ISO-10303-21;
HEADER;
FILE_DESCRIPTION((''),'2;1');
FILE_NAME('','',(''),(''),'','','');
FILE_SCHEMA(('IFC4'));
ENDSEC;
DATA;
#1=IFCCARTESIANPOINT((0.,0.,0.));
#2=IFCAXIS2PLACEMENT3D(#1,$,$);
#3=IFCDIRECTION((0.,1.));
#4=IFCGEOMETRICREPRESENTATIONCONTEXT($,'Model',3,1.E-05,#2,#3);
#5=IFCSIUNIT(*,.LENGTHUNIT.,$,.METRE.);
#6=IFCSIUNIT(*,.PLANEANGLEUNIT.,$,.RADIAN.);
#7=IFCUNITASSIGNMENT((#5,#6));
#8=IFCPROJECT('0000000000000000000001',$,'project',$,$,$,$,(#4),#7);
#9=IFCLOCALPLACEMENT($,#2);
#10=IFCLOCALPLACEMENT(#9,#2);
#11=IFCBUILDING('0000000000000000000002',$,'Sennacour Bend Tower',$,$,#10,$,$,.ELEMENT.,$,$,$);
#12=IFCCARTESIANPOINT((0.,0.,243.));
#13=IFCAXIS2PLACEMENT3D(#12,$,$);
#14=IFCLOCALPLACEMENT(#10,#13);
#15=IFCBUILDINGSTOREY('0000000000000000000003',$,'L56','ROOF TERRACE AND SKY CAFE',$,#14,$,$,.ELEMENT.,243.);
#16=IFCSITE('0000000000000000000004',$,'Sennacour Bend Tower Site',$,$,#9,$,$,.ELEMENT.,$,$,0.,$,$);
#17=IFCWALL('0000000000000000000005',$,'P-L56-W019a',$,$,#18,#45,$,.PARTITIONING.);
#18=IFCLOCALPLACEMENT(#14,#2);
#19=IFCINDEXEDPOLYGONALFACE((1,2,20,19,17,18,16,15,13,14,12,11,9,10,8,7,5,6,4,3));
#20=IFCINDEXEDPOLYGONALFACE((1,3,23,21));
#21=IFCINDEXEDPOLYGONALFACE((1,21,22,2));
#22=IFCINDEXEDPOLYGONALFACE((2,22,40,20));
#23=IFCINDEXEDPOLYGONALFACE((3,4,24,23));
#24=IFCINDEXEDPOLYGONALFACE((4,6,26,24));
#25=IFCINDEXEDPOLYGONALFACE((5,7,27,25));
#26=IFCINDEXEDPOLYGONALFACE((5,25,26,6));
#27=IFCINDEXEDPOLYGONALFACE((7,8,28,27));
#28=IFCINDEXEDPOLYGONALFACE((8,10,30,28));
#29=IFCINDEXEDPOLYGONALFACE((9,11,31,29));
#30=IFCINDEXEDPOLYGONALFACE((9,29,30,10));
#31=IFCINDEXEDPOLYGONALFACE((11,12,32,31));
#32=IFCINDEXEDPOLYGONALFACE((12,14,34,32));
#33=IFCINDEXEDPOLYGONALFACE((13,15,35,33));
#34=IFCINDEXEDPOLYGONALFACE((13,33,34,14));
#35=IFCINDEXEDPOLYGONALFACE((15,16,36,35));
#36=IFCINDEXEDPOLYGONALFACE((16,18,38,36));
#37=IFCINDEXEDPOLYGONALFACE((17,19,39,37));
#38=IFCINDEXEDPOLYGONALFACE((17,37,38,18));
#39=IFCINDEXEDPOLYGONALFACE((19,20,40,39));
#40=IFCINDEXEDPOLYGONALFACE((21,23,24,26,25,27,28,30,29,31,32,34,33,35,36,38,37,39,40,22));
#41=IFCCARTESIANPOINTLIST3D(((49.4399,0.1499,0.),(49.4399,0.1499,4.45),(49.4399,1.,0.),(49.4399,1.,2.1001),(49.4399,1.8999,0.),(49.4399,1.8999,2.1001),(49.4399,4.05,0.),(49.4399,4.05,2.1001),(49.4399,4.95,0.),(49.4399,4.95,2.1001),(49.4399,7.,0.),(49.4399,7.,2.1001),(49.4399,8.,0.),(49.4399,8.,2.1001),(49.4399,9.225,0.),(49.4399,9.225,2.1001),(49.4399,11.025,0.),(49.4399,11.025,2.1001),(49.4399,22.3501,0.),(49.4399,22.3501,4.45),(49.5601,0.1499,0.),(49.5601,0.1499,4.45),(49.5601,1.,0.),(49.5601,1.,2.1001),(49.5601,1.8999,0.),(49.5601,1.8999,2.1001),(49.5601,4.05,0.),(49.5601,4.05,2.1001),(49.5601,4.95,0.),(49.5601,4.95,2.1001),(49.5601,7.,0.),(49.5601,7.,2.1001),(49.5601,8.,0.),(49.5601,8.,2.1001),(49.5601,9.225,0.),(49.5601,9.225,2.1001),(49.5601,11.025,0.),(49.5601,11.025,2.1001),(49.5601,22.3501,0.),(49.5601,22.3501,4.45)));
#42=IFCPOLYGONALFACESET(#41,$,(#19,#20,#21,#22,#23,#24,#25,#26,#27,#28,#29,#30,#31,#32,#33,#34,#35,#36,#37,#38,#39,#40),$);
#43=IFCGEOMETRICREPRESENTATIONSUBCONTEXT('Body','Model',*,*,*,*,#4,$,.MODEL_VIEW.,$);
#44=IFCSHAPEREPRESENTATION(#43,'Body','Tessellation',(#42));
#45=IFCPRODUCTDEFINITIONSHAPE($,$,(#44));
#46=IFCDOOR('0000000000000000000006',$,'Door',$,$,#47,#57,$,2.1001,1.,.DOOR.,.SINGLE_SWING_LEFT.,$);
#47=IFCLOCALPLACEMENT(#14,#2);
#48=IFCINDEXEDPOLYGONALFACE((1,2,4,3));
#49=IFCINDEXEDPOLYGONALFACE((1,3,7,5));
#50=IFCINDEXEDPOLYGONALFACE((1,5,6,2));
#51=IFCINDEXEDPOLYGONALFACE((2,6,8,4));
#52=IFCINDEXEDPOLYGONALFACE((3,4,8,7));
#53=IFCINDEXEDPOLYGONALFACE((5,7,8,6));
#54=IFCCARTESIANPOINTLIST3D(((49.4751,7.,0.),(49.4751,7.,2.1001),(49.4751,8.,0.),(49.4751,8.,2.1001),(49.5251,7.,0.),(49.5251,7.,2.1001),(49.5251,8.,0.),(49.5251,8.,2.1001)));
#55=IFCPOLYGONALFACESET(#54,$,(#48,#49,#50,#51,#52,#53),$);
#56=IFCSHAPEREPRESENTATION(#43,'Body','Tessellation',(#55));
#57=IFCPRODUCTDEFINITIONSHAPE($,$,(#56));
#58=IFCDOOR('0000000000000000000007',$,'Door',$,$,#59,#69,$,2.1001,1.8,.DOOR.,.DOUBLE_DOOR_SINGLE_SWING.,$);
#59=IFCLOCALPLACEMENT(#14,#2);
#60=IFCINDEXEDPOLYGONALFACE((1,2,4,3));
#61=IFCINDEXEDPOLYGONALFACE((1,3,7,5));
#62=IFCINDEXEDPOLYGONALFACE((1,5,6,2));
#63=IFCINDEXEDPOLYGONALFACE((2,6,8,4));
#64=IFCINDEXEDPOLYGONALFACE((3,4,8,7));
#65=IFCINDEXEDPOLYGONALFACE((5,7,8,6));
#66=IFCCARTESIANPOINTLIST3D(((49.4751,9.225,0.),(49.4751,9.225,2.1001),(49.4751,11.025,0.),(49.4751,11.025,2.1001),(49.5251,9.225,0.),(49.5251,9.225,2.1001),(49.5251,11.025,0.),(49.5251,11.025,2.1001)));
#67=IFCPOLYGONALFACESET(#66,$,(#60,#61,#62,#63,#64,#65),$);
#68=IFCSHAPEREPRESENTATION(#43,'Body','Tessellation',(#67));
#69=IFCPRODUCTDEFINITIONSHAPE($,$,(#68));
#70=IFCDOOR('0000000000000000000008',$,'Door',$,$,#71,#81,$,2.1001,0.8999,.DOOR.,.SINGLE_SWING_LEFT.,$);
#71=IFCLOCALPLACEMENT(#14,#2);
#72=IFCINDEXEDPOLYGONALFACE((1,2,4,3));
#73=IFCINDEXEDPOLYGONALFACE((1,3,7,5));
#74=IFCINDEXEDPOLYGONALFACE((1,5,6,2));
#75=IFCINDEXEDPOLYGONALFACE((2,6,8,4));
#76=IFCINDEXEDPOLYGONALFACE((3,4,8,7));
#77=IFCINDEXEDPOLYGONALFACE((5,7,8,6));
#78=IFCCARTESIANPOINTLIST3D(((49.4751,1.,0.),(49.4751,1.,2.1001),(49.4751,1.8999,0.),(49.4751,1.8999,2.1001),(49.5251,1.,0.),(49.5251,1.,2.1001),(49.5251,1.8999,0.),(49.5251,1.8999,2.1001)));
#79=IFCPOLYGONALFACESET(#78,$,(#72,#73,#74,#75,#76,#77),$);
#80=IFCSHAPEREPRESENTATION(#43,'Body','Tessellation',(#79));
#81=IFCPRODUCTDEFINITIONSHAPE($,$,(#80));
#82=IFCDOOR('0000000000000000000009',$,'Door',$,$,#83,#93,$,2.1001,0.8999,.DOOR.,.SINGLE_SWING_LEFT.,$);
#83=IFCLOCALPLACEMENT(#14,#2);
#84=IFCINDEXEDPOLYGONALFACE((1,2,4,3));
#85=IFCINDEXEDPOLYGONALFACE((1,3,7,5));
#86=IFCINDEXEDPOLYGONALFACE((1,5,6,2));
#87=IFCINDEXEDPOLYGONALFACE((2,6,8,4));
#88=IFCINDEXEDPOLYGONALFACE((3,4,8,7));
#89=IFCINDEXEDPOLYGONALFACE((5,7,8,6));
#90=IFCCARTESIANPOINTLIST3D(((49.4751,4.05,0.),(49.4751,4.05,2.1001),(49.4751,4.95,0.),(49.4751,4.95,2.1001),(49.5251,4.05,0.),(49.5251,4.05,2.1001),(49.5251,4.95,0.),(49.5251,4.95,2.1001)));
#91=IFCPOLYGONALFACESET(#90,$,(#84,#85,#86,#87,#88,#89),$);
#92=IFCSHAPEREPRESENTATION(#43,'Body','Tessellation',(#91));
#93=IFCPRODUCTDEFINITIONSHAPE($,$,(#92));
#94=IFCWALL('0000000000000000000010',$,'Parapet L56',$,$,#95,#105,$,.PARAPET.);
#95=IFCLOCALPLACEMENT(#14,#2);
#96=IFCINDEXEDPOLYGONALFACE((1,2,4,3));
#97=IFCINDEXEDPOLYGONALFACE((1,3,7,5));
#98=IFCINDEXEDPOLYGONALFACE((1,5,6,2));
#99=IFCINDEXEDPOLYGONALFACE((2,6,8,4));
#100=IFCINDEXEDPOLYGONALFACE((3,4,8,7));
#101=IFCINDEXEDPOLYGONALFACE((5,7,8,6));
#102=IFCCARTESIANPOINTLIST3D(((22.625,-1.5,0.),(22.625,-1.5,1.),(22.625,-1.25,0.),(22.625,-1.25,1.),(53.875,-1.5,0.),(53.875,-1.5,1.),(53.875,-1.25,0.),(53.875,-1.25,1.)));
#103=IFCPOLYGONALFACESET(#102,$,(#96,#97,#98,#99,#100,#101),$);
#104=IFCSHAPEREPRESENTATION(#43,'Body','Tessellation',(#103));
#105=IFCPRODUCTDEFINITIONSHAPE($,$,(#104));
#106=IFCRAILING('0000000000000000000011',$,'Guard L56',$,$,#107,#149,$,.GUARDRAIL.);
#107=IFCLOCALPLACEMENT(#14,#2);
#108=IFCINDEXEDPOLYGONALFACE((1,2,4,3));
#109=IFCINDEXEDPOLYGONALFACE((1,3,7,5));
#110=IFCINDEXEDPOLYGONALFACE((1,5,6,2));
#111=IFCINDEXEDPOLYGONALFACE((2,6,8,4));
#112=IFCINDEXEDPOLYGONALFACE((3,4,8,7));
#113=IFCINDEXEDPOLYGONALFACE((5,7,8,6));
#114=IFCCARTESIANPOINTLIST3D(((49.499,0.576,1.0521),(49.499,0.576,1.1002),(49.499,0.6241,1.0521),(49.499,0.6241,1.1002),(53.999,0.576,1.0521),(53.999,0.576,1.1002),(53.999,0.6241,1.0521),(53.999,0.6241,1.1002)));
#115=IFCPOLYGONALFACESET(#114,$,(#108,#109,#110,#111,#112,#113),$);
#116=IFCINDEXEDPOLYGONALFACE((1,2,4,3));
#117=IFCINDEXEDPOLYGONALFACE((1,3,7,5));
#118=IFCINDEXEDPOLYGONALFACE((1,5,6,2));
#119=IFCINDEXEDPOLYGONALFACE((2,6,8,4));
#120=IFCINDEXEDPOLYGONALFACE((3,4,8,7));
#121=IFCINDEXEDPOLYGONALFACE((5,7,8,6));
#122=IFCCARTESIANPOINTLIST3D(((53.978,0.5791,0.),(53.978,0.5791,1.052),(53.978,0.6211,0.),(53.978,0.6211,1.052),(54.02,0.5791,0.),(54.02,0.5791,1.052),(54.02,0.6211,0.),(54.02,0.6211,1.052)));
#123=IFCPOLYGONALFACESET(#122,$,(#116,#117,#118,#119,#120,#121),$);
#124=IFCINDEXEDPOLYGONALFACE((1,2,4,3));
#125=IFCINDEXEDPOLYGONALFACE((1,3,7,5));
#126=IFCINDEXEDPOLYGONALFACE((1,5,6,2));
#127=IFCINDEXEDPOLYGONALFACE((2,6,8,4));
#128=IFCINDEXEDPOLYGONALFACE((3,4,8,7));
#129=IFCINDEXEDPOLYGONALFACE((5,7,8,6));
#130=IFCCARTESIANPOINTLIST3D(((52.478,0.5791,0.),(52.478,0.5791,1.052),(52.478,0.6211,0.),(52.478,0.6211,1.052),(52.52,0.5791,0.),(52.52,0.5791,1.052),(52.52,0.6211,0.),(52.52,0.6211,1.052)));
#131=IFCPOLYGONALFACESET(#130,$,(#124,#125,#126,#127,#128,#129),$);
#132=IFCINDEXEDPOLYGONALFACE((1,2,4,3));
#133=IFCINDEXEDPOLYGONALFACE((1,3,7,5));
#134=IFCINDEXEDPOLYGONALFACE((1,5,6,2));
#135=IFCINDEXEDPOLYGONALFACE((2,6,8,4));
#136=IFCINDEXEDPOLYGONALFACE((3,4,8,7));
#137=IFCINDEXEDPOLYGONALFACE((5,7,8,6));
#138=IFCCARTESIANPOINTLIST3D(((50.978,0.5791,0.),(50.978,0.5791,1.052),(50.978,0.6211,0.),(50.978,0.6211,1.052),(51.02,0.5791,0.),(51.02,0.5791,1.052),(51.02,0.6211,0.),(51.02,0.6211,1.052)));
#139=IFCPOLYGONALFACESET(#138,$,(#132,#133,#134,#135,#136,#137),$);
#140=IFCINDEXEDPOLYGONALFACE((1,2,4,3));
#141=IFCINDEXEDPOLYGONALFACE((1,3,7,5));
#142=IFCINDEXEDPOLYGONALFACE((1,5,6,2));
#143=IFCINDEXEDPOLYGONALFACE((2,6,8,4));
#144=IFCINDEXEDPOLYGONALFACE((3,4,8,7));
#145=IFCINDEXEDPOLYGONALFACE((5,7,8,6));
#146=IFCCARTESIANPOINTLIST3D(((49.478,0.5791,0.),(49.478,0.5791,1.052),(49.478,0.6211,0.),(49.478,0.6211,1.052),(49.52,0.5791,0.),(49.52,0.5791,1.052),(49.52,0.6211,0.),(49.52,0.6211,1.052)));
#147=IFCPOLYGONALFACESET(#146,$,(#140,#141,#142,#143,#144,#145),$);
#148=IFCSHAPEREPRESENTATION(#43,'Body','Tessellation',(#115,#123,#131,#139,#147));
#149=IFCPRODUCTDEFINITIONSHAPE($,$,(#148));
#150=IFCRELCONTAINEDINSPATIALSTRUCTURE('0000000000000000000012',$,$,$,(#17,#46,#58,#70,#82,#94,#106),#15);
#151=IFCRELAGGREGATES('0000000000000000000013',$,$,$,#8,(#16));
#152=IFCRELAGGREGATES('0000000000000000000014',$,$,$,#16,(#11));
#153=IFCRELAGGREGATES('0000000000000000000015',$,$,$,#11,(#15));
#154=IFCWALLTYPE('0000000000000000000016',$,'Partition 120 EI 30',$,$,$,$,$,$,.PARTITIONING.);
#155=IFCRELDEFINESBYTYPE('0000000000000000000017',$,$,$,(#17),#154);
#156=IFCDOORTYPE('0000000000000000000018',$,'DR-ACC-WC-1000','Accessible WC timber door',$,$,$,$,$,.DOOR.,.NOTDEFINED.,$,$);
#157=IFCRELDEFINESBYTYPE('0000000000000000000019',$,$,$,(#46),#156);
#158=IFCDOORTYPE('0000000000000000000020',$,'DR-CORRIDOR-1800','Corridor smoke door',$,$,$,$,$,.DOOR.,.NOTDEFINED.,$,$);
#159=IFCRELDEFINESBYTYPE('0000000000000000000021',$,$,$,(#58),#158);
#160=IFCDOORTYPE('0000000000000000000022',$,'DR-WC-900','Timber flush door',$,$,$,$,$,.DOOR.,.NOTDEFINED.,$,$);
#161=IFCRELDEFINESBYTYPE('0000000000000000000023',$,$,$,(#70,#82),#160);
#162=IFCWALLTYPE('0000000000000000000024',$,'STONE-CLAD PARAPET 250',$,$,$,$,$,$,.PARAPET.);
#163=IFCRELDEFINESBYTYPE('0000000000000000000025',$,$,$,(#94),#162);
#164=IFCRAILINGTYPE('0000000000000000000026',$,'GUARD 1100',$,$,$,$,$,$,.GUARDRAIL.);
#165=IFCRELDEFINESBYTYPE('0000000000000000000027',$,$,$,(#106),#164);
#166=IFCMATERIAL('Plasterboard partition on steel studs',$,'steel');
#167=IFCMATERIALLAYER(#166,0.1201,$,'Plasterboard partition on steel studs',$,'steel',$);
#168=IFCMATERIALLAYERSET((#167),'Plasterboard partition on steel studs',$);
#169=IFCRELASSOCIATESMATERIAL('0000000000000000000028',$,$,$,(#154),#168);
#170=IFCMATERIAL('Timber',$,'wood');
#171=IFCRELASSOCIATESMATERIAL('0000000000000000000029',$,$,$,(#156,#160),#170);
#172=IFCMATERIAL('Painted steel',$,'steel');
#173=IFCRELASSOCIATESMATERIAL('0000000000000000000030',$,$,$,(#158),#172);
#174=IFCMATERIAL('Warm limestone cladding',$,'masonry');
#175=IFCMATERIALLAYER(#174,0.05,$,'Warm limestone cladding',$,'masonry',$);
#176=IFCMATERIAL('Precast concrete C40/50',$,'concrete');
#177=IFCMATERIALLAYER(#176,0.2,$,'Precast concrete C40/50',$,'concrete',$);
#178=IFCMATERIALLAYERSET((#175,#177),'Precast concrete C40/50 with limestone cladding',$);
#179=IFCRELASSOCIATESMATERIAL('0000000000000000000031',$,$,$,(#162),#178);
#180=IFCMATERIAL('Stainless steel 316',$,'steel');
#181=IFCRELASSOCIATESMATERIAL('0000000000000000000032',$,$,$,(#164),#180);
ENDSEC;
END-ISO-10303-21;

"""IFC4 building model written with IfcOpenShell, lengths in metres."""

from ifc_helpers import new_model, si_unit, direction, frame, frame_2d, origin, origin_2d, place, context, subcontext, project, spatial, rectangle, extrude, material, layer, layer_set, type_object, element, fill, save


model = new_model("IFC4")

# Units and contexts
model_context = context("Model", 3, precision=1e-05, world=origin(), true_north=direction((0.0, 1.0)))
body_context = subcontext(model_context, "Body", "Model", "MODEL_VIEW")
ifc_project = project(units=[si_unit("LENGTHUNIT", "METRE"), si_unit("PLANEANGLEUNIT", "RADIAN")], contexts=[model_context])

# Site, building, storey
site_placement = place(None, origin())
site = spatial("IfcSite", under=ifc_project, at=site_placement, Name="Sennacour Bend Tower Site", CompositionType="ELEMENT", RefElevation=0.0)
building_placement = place(site_placement, origin())
building = spatial("IfcBuilding", under=site, at=building_placement, Name="Sennacour Bend Tower", CompositionType="ELEMENT")
storey_placement = place(building_placement, frame((0.0, 0.0, 243.0)))
storey = spatial("IfcBuildingStorey", under=building, at=storey_placement, Name="L56", Description="ROOF TERRACE AND SKY CAFE", CompositionType="ELEMENT", Elevation=243.0)

# Wall, openings, doors
ifc_material_1 = material(Name="Painted steel", Category="steel")
ifc_material_2 = material(Name="Plasterboard partition on steel studs", Category="steel")
ifc_layer_1 = layer(ifc_material_2, 0.1201, Name="Plasterboard partition on steel studs", Category="steel")
ifc_layer_set_1 = layer_set([ifc_layer_1], Name="Plasterboard partition on steel studs")
wall_type_1 = type_object("IfcWallType", Name="Partition 120 EI 30", PredefinedType="PARTITIONING", material=ifc_layer_set_1)
wall_1_placement = place(storey_placement, frame((49.5, 0.1499, 0.0), z_axis=(0.0, 0.0, 1.0), x_axis=(0.0, 1.0, 0.0)))
wall_1 = element("IfcWall", 1, at=wall_1_placement, inside=storey, type_object=wall_type_1, Name="P-L56-W019a", PredefinedType="PARTITIONING", context=body_context, shape_type="SweptSolid", body=[
    extrude(rectangle(XDim=22.2002, YDim=0.1201, at=frame_2d((11.1001, 0.0))), origin(), (0.0, 0.0, 1.0), 4.45),
])
opening_1_placement = place(wall_1_placement, frame((9.0752, 0.0, 0.0)))
opening_1 = element("IfcOpeningElement", 2, at=opening_1_placement, cuts=wall_1, PredefinedType="OPENING", context=body_context, shape_type="SweptSolid", body=[
    extrude(rectangle(XDim=1.8, YDim=2.1001, at=frame_2d((0.8999, 1.05))), frame((0.0, 0.0701, 0.0), z_axis=(0.0, -1.0, 0.0), x_axis=(1.0, 0.0, 0.0)), (0.0, 0.0, 1.0), 0.1401),
])
opening_2_placement = place(wall_1_placement, frame((0.8501, 0.0, 0.0)))
opening_2 = element("IfcOpeningElement", 3, at=opening_2_placement, cuts=wall_1, PredefinedType="OPENING", context=body_context, shape_type="SweptSolid", body=[
    extrude(rectangle(XDim=0.8999, YDim=2.1001, at=frame_2d((0.45, 1.05))), frame((0.0, 0.0701, 0.0), z_axis=(0.0, -1.0, 0.0), x_axis=(1.0, 0.0, 0.0)), (0.0, 0.0, 1.0), 0.1401),
])
opening_3_placement = place(wall_1_placement, frame((3.9001, 0.0, 0.0)))
opening_3 = element("IfcOpeningElement", 4, at=opening_3_placement, cuts=wall_1, PredefinedType="OPENING", context=body_context, shape_type="SweptSolid", body=[
    extrude(rectangle(XDim=0.8999, YDim=2.1001, at=frame_2d((0.45, 1.05))), frame((0.0, 0.0701, 0.0), z_axis=(0.0, -1.0, 0.0), x_axis=(1.0, 0.0, 0.0)), (0.0, 0.0, 1.0), 0.1401),
])
opening_4_placement = place(wall_1_placement, frame((6.8501, 0.0, 0.0)))
opening_4 = element("IfcOpeningElement", 5, at=opening_4_placement, cuts=wall_1, PredefinedType="OPENING", context=body_context, shape_type="SweptSolid", body=[
    extrude(rectangle(XDim=1.0, YDim=2.1001, at=frame_2d((0.5, 1.05))), frame((0.0, 0.0701, 0.0), z_axis=(0.0, -1.0, 0.0), x_axis=(1.0, 0.0, 0.0)), (0.0, 0.0, 1.0), 0.1401),
])
ifc_material_3 = material(Name="Timber", Category="wood")
door_type_1 = type_object("IfcDoorType", Name="DR-ACC-WC-1000", Description="Accessible WC timber door", OperationType="NOTDEFINED", PredefinedType="DOOR", material=ifc_material_3)
door_1_placement = place(opening_4_placement, origin())
door_1 = element("IfcDoor", 6, at=door_1_placement, inside=storey, type_object=door_type_1, Name="Door", OperationType="SINGLE_SWING_LEFT", OverallHeight=2.1001, OverallWidth=1.0, PredefinedType="DOOR", context=body_context, shape_type="SweptSolid", body=[
    extrude(rectangle(XDim=1.0, YDim=2.1001, at=frame_2d((0.5, 1.05))), frame((0.0, 0.0249, 0.0), z_axis=(0.0, -1.0, 0.0), x_axis=(1.0, 0.0, 0.0)), (0.0, 0.0, 1.0), 0.05),
])
fill(opening_4, door_1)
door_type_2 = type_object("IfcDoorType", Name="DR-CORRIDOR-1800", Description="Corridor smoke door", OperationType="NOTDEFINED", PredefinedType="DOOR", material=ifc_material_1)
door_2_placement = place(opening_1_placement, origin())
door_2 = element("IfcDoor", 7, at=door_2_placement, inside=storey, type_object=door_type_2, Name="Door", OperationType="DOUBLE_DOOR_SINGLE_SWING", OverallHeight=2.1001, OverallWidth=1.8, PredefinedType="DOOR", context=body_context, shape_type="SweptSolid", body=[
    extrude(rectangle(XDim=1.8, YDim=2.1001, at=frame_2d((0.8999, 1.05))), frame((0.0, 0.0249, 0.0), z_axis=(0.0, -1.0, 0.0), x_axis=(1.0, 0.0, 0.0)), (0.0, 0.0, 1.0), 0.05),
])
fill(opening_1, door_2)
door_type_3 = type_object("IfcDoorType", Name="DR-WC-900", Description="Timber flush door", OperationType="NOTDEFINED", PredefinedType="DOOR", material=ifc_material_3)
door_3_placement = place(opening_2_placement, origin())
door_3 = element("IfcDoor", 8, at=door_3_placement, inside=storey, type_object=door_type_3, Name="Door", OperationType="SINGLE_SWING_LEFT", OverallHeight=2.1001, OverallWidth=0.8999, PredefinedType="DOOR", context=body_context, shape_type="SweptSolid", body=[
    extrude(rectangle(XDim=0.8999, YDim=2.1001, at=frame_2d((0.45, 1.05))), frame((0.0, 0.0249, 0.0), z_axis=(0.0, -1.0, 0.0), x_axis=(1.0, 0.0, 0.0)), (0.0, 0.0, 1.0), 0.05),
])
fill(opening_2, door_3)
door_4_placement = place(opening_3_placement, origin())
door_4 = element("IfcDoor", 9, at=door_4_placement, inside=storey, type_object=door_type_3, Name="Door", OperationType="SINGLE_SWING_LEFT", OverallHeight=2.1001, OverallWidth=0.8999, PredefinedType="DOOR", context=body_context, shape_type="SweptSolid", body=[
    extrude(rectangle(XDim=0.8999, YDim=2.1001, at=frame_2d((0.45, 1.05))), frame((0.0, 0.0249, 0.0), z_axis=(0.0, -1.0, 0.0), x_axis=(1.0, 0.0, 0.0)), (0.0, 0.0, 1.0), 0.05),
])
fill(opening_3, door_4)

# Wall
ifc_material_4 = material(Name="Warm limestone cladding", Category="masonry")
ifc_layer_2 = layer(ifc_material_4, 0.05, Name="Warm limestone cladding", Category="masonry")
ifc_material_5 = material(Name="Precast concrete C40/50", Category="concrete")
ifc_layer_3 = layer(ifc_material_5, 0.2, Name="Precast concrete C40/50", Category="concrete")
ifc_layer_set_2 = layer_set([ifc_layer_2, ifc_layer_3], Name="Precast concrete C40/50 with limestone cladding")
wall_type_2 = type_object("IfcWallType", Name="STONE-CLAD PARAPET 250", PredefinedType="PARAPET", material=ifc_layer_set_2)
wall_2_placement = place(storey_placement, frame((53.875, -1.375, 0.0), z_axis=(0.0, 0.0, 1.0), x_axis=(-1.0, 0.0, 0.0)))
element("IfcWall", 10, at=wall_2_placement, inside=storey, type_object=wall_type_2, Name="Parapet L56", PredefinedType="PARAPET", context=body_context, shape_type="SweptSolid", body=[
    extrude(rectangle(XDim=31.25, YDim=0.25, at=frame_2d((15.625, 0.0))), origin(), (0.0, 0.0, 1.0), 1.0),
])

# Railing
ifc_material_6 = material(Name="Stainless steel 316", Category="steel")
railing_type_1 = type_object("IfcRailingType", Name="GUARD 1100", PredefinedType="GUARDRAIL", material=ifc_material_6)
railing_1_placement = place(storey_placement, frame((53.999, 0.6001, 0.0)))
element("IfcRailing", 11, at=railing_1_placement, inside=storey, type_object=railing_type_1, Name="Guard L56", PredefinedType="GUARDRAIL", context=body_context, shape_type="SweptSolid", body=[
    extrude(rectangle(XDim=0.0481, YDim=0.0481, at=origin_2d()), frame((0.0, 0.0, 1.0762), z_axis=(-1.0, 0.0, 0.0), x_axis=(0.0, -1.0, 0.0)), (0.0, 0.0, 1.0), 4.5),
    extrude(rectangle(XDim=0.042, YDim=0.042, at=origin_2d()), origin(), (0.0, 0.0, 1.0), 1.052),
    extrude(rectangle(XDim=0.042, YDim=0.042, at=origin_2d()), frame((-1.5, 0.0, 0.0)), (0.0, 0.0, 1.0), 1.052),
    extrude(rectangle(XDim=0.042, YDim=0.042, at=origin_2d()), frame((-3.0, 0.0, 0.0)), (0.0, 0.0, 1.0), 1.052),
    extrude(rectangle(XDim=0.042, YDim=0.042, at=origin_2d()), frame((-4.5, 0.0, 0.0)), (0.0, 0.0, 1.0), 1.052),
])

save(model, "model.ifc")
